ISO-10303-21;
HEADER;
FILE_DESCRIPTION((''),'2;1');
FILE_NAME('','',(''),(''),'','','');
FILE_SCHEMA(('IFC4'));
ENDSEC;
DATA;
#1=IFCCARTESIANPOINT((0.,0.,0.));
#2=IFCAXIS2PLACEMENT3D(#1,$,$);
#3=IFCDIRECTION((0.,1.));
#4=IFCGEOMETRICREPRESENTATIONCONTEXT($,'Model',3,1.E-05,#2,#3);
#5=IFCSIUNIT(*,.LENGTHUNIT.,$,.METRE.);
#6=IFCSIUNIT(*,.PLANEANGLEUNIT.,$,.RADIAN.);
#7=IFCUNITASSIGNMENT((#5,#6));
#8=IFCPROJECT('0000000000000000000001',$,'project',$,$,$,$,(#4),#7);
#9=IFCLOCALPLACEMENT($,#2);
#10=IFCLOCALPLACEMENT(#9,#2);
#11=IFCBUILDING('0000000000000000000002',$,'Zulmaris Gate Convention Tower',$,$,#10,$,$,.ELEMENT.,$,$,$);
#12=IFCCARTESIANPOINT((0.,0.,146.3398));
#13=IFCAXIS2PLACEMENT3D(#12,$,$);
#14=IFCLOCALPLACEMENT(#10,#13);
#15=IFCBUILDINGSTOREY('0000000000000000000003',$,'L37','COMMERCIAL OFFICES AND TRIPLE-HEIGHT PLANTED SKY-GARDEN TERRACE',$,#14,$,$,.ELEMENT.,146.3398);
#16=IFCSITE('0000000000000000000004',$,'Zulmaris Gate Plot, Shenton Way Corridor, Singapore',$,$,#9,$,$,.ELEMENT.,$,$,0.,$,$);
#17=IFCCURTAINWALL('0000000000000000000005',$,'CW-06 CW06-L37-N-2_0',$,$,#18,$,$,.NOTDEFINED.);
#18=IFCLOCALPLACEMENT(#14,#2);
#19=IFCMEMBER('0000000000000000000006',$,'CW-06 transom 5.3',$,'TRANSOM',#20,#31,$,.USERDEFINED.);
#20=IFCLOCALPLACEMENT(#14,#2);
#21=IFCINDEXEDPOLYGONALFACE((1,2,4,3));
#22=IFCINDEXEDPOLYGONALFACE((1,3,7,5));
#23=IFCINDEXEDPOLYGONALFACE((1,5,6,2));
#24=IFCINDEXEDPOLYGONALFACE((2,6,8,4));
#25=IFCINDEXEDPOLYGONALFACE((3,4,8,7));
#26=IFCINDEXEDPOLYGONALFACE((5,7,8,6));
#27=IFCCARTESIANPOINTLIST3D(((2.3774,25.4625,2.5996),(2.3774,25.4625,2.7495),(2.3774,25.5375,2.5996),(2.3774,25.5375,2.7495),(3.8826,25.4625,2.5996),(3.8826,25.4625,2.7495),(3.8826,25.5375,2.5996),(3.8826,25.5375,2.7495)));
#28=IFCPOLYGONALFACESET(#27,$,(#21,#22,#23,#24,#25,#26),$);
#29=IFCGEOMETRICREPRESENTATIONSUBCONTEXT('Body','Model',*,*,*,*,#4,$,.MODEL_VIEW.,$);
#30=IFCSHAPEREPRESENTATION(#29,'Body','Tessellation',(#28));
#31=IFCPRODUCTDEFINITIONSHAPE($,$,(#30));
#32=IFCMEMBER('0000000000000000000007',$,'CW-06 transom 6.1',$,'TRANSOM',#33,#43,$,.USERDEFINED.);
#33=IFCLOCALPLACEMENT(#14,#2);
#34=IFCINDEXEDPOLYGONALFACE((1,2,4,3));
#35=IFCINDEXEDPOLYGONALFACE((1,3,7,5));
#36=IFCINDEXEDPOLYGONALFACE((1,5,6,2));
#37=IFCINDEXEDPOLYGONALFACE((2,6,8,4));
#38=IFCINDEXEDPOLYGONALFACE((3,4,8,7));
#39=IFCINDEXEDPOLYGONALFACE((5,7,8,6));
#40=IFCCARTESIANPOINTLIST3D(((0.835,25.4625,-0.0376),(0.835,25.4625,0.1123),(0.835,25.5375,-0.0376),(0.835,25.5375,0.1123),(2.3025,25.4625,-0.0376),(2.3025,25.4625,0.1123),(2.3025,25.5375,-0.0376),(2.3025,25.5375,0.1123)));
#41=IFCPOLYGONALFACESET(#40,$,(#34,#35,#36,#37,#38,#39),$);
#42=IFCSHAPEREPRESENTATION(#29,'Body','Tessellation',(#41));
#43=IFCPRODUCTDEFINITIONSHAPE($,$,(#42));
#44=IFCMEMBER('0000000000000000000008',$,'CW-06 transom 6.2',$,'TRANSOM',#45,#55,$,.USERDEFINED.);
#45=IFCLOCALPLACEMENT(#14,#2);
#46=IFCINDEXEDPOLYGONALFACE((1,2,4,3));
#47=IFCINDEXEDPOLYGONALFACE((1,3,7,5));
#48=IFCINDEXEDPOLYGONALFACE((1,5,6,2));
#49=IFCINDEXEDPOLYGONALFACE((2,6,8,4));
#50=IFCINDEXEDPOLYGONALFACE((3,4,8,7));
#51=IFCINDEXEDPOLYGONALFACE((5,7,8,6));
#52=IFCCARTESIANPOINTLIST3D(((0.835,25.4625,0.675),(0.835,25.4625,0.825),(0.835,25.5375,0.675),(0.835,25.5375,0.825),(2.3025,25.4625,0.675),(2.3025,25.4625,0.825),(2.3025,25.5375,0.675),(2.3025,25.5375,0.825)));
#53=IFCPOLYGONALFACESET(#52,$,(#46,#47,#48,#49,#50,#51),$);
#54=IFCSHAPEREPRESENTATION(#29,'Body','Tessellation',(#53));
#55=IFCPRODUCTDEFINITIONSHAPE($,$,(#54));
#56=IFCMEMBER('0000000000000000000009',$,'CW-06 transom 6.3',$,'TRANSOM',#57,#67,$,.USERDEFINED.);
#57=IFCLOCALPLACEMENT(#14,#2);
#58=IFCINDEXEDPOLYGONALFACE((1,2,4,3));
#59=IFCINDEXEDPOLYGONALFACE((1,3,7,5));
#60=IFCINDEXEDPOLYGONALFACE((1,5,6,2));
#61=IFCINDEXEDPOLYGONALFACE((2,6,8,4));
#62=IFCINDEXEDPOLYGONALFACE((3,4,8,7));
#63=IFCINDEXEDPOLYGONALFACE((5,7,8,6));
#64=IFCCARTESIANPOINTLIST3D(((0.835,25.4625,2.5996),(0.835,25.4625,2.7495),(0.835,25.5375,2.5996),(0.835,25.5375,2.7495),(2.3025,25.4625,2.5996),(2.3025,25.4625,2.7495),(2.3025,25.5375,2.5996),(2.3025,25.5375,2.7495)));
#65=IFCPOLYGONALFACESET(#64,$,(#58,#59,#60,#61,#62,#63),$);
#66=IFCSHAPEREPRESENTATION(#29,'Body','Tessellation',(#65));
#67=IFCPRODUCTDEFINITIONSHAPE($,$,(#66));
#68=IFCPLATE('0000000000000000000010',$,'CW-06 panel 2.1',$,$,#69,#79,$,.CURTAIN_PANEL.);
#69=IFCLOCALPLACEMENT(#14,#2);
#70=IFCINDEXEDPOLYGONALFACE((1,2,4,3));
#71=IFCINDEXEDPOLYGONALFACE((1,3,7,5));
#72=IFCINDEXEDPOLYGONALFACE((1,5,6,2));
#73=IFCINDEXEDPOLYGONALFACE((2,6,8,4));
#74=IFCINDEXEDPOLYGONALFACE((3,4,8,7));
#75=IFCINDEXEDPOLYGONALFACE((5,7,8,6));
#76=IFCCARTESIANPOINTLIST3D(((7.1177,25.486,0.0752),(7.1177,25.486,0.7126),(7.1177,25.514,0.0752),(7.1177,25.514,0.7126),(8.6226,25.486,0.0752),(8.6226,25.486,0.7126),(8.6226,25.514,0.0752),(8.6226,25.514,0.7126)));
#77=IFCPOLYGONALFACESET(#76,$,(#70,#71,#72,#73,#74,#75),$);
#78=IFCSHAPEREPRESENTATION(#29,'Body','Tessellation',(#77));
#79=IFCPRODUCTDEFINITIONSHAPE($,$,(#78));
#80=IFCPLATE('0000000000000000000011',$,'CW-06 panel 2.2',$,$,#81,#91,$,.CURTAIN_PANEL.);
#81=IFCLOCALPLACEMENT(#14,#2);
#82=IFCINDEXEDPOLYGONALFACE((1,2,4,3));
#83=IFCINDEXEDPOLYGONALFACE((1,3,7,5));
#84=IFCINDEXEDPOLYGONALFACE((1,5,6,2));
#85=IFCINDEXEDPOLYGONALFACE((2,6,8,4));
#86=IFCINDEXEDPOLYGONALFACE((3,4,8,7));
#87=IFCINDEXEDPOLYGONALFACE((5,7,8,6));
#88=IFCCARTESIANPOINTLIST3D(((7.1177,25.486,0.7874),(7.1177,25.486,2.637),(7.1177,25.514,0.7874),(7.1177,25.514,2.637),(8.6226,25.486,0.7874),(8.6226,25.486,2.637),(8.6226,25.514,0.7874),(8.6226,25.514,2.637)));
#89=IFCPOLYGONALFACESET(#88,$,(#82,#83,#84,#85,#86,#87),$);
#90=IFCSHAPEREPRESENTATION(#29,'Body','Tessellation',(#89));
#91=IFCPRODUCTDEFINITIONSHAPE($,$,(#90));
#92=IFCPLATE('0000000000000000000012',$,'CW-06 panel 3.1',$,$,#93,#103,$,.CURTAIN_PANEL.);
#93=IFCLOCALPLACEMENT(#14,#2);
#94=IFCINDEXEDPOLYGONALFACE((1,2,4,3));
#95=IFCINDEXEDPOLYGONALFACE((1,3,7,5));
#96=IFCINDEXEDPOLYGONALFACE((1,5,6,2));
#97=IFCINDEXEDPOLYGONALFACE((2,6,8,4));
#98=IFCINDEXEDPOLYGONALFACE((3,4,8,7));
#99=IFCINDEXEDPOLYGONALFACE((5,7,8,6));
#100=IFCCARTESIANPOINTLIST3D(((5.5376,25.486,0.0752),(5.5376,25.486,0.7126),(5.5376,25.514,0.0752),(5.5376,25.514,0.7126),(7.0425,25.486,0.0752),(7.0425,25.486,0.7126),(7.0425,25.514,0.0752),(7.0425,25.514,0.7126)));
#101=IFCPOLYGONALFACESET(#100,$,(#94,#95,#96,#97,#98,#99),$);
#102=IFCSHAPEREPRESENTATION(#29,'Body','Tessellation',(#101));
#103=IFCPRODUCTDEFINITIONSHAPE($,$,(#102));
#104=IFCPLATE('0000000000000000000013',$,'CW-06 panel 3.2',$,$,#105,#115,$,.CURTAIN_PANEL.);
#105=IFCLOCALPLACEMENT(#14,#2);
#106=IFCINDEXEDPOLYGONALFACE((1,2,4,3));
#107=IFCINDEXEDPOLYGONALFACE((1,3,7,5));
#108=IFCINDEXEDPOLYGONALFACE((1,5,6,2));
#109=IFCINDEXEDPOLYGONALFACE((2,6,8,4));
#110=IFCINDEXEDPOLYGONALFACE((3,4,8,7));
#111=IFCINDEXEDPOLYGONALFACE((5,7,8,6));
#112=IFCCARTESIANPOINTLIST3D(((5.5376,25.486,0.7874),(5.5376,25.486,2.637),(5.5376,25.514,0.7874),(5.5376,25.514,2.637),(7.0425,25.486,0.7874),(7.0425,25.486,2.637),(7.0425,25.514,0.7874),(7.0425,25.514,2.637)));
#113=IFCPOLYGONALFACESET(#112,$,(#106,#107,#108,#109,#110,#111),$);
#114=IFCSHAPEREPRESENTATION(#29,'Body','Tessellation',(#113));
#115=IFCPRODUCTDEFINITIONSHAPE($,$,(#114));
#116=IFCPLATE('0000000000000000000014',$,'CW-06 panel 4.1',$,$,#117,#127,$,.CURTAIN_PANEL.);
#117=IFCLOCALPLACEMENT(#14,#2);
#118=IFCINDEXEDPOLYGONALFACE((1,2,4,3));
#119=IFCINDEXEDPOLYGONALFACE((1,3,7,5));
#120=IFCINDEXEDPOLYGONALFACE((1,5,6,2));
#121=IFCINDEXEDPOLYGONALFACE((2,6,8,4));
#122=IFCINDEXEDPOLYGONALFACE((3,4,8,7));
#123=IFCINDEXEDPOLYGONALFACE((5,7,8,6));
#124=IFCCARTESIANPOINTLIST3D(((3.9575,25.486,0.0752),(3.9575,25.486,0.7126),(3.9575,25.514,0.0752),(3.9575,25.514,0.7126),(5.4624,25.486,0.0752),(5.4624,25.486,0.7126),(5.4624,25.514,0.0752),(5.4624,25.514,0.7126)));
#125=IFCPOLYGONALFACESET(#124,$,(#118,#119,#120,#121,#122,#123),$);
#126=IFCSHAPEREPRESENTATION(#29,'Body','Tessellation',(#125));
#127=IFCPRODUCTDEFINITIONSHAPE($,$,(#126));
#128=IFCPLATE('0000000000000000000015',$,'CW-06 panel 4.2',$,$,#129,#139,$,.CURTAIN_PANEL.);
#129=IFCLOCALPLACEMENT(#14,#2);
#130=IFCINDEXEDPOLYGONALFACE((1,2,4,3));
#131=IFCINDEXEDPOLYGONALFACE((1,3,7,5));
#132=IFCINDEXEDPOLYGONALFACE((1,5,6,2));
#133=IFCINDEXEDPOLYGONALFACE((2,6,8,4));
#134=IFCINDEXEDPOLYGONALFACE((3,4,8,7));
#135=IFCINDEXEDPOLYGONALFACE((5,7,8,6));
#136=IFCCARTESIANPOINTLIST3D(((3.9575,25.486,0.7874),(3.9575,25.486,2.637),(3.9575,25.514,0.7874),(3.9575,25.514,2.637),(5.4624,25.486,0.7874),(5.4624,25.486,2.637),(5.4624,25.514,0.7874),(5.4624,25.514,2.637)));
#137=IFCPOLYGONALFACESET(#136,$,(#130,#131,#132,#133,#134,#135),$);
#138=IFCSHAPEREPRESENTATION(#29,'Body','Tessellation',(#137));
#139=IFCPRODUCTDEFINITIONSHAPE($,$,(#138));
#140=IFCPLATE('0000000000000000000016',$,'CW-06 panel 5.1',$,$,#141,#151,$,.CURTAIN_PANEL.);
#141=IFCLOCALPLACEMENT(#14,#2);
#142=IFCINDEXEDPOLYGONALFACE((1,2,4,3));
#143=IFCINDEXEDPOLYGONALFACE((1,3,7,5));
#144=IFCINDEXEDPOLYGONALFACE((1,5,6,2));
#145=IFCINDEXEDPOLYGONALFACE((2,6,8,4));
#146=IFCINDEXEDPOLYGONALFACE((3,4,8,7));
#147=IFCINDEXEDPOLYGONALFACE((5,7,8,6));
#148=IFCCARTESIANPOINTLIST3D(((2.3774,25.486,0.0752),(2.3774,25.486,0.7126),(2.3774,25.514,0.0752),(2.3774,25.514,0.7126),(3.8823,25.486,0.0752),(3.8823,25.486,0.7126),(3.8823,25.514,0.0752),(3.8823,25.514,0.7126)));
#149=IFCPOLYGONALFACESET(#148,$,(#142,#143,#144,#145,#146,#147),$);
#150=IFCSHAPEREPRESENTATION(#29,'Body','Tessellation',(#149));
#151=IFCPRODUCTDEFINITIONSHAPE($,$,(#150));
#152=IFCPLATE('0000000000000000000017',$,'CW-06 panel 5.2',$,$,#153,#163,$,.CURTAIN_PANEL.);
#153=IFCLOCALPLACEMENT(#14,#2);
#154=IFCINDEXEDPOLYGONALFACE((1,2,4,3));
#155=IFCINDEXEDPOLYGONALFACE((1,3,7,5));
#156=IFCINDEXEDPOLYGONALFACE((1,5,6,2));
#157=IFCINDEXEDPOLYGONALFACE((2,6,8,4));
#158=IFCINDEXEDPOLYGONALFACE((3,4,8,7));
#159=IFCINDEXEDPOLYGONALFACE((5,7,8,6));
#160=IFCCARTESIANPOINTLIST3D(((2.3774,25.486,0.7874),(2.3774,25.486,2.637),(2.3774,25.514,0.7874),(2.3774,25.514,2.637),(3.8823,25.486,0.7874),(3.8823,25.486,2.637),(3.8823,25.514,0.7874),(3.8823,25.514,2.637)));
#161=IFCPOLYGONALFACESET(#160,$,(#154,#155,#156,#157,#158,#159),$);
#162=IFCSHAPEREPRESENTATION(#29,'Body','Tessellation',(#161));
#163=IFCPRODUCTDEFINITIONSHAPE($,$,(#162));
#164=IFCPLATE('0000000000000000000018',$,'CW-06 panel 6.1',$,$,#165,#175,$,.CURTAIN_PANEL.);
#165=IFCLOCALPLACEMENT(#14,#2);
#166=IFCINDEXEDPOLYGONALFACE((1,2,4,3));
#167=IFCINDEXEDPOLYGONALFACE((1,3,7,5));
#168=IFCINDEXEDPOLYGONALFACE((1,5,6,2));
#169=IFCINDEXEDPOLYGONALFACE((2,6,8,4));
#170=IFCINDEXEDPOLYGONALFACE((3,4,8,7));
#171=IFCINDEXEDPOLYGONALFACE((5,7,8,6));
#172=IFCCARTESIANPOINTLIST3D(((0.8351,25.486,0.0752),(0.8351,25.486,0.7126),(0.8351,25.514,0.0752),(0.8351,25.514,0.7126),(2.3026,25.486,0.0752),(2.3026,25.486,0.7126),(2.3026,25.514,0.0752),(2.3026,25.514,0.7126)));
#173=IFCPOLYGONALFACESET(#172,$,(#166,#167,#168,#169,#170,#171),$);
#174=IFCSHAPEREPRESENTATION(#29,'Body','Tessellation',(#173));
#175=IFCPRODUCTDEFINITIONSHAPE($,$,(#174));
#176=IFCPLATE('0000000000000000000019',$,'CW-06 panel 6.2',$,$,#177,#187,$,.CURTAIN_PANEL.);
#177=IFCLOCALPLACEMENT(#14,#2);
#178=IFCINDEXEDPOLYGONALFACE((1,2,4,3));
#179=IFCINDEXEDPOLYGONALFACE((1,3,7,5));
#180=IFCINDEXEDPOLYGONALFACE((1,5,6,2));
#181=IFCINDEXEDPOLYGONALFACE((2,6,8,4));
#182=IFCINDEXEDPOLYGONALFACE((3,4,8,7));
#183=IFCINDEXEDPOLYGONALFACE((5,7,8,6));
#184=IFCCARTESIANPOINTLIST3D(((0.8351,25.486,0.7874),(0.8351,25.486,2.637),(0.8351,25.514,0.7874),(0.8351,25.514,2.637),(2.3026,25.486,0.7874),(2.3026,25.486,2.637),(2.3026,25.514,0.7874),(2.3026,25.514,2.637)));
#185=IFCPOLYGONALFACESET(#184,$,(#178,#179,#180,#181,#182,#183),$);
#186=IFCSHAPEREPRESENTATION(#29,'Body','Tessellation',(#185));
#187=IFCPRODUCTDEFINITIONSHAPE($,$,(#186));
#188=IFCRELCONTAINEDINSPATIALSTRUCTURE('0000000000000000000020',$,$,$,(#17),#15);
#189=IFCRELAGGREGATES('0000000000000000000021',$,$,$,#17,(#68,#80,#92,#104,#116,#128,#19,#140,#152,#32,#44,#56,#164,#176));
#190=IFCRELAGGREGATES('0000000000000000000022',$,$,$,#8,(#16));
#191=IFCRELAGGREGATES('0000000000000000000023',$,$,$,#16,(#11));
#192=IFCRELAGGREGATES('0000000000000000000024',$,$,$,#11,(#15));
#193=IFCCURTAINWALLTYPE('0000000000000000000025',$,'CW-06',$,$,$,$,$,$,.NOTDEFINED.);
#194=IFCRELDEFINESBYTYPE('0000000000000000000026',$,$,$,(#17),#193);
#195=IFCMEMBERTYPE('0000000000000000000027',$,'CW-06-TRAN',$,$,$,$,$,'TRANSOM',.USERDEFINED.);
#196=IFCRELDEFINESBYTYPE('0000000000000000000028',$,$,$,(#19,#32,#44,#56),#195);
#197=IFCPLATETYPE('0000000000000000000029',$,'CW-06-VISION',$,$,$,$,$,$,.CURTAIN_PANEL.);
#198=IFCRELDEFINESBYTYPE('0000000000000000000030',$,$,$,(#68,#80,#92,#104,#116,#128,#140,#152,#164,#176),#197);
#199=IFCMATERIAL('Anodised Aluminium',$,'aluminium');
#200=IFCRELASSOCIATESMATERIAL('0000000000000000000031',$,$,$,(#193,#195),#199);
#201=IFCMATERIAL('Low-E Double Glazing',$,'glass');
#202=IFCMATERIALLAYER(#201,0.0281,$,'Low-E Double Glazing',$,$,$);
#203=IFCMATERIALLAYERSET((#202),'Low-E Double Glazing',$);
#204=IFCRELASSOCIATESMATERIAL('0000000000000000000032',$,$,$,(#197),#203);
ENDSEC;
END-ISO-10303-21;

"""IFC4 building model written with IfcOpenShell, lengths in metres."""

from ifc_helpers import new_model, si_unit, direction, frame, origin, origin_2d, place, context, subcontext, project, spatial, rectangle, extrude, material, layer, layer_set, material_profile, profile_set, type_object, element, aggregate, save


model = new_model("IFC4")

# Units and contexts
model_context = context("Model", 3, precision=1e-05, world=origin(), true_north=direction((0.0, 1.0)))
body_context = subcontext(model_context, "Body", "Model", "MODEL_VIEW")
ifc_project = project(units=[si_unit("LENGTHUNIT", "METRE"), si_unit("PLANEANGLEUNIT", "RADIAN")], contexts=[model_context])

# Site, building, storey
site_placement = place(None, origin())
site = spatial("IfcSite", under=ifc_project, at=site_placement, Name="Zulmaris Gate Plot, Shenton Way Corridor, Singapore", CompositionType="ELEMENT", RefElevation=0.0)
building_placement = place(site_placement, origin())
building = spatial("IfcBuilding", under=site, at=building_placement, Name="Zulmaris Gate Convention Tower", CompositionType="ELEMENT")
storey_placement = place(building_placement, frame((0.0, 0.0, 146.3398)))
storey = spatial("IfcBuildingStorey", under=building, at=storey_placement, Name="L37", Description="COMMERCIAL OFFICES AND TRIPLE-HEIGHT PLANTED SKY-GARDEN TERRACE", CompositionType="ELEMENT", Elevation=146.3398)

# Curtain wall, members, plates
ifc_material_1 = material(Name="Anodised Aluminium", Category="aluminium")
curtain_wall_type = type_object("IfcCurtainWallType", Name="CW-06", PredefinedType="NOTDEFINED", material=ifc_material_1)
curtain_wall_placement = place(storey_placement, origin())
curtain_wall = element("IfcCurtainWall", 1, at=curtain_wall_placement, inside=storey, type_object=curtain_wall_type, Name="CW-06 CW06-L37-N-2_0", PredefinedType="NOTDEFINED")
ifc_material_profile_1 = material_profile(ifc_material_1, rectangle(XDim=0.075, YDim=0.1499, at=origin_2d()), Name="ALU TRANSOM 75x150")
ifc_profile_set_1 = profile_set([ifc_material_profile_1], Name="Anodised Aluminium")
member_type_1 = type_object("IfcMemberType", Name="CW-06-TRAN", ElementType="TRANSOM", PredefinedType="USERDEFINED", material=ifc_profile_set_1)
member_1_placement = place(storey_placement, frame((3.8826, 25.5, 2.6746), z_axis=(-1.0, 0.0, 0.0), x_axis=(0.0, -1.0, 0.0)))
member_1 = element("IfcMember", 2, at=member_1_placement, type_object=member_type_1, Name="CW-06 transom 5.3", ObjectType="TRANSOM", PredefinedType="USERDEFINED", context=body_context, shape_type="SweptSolid", body=[
    extrude(rectangle(XDim=0.075, YDim=0.1499, at=origin_2d()), origin(), (0.0, 0.0, 1.0), 1.5051),
])
member_2_placement = place(storey_placement, frame((2.3025, 25.5, 0.0374), z_axis=(-1.0, 0.0, 0.0), x_axis=(0.0, -1.0, 0.0)))
member_2 = element("IfcMember", 3, at=member_2_placement, type_object=member_type_1, Name="CW-06 transom 6.1", ObjectType="TRANSOM", PredefinedType="USERDEFINED", context=body_context, shape_type="SweptSolid", body=[
    extrude(rectangle(XDim=0.075, YDim=0.1499, at=origin_2d()), origin(), (0.0, 0.0, 1.0), 1.4675),
])
member_3_placement = place(storey_placement, frame((2.3025, 25.5, 0.75), z_axis=(-1.0, 0.0, 0.0), x_axis=(0.0, -1.0, 0.0)))
member_3 = element("IfcMember", 4, at=member_3_placement, type_object=member_type_1, Name="CW-06 transom 6.2", ObjectType="TRANSOM", PredefinedType="USERDEFINED", context=body_context, shape_type="SweptSolid", body=[
    extrude(rectangle(XDim=0.075, YDim=0.1499, at=origin_2d()), origin(), (0.0, 0.0, 1.0), 1.4675),
])
member_4_placement = place(storey_placement, frame((2.3025, 25.5, 2.6746), z_axis=(-1.0, 0.0, 0.0), x_axis=(0.0, -1.0, 0.0)))
member_4 = element("IfcMember", 5, at=member_4_placement, type_object=member_type_1, Name="CW-06 transom 6.3", ObjectType="TRANSOM", PredefinedType="USERDEFINED", context=body_context, shape_type="SweptSolid", body=[
    extrude(rectangle(XDim=0.075, YDim=0.1499, at=origin_2d()), origin(), (0.0, 0.0, 1.0), 1.4675),
])
ifc_material_2 = material(Name="Low-E Double Glazing", Category="glass")
ifc_layer = layer(ifc_material_2, 0.0281, Name="Low-E Double Glazing")
ifc_layer_set = layer_set([ifc_layer], Name="Low-E Double Glazing")
plate_type = type_object("IfcPlateType", Name="CW-06-VISION", PredefinedType="CURTAIN_PANEL", material=ifc_layer_set)
plate_1_placement = place(storey_placement, frame((7.8701, 25.5, 0.0752), z_axis=(0.0, 0.0, 1.0), x_axis=(-1.0, 0.0, 0.0)))
plate_1 = element("IfcPlate", 6, at=plate_1_placement, type_object=plate_type, Name="CW-06 panel 2.1", PredefinedType="CURTAIN_PANEL", context=body_context, shape_type="SweptSolid", body=[
    extrude(rectangle(XDim=1.5049, YDim=0.0281, at=origin_2d()), origin(), (0.0, 0.0, 1.0), 0.6375),
])
plate_2_placement = place(storey_placement, frame((7.8701, 25.5, 0.7874), z_axis=(0.0, 0.0, 1.0), x_axis=(-1.0, 0.0, 0.0)))
plate_2 = element("IfcPlate", 7, at=plate_2_placement, type_object=plate_type, Name="CW-06 panel 2.2", PredefinedType="CURTAIN_PANEL", context=body_context, shape_type="SweptSolid", body=[
    extrude(rectangle(XDim=1.5049, YDim=0.0281, at=origin_2d()), origin(), (0.0, 0.0, 1.0), 1.8496),
])
plate_3_placement = place(storey_placement, frame((6.29, 25.5, 0.0752), z_axis=(0.0, 0.0, 1.0), x_axis=(-1.0, 0.0, 0.0)))
plate_3 = element("IfcPlate", 8, at=plate_3_placement, type_object=plate_type, Name="CW-06 panel 3.1", PredefinedType="CURTAIN_PANEL", context=body_context, shape_type="SweptSolid", body=[
    extrude(rectangle(XDim=1.5049, YDim=0.0281, at=origin_2d()), origin(), (0.0, 0.0, 1.0), 0.6375),
])
plate_4_placement = place(storey_placement, frame((6.29, 25.5, 0.7874), z_axis=(0.0, 0.0, 1.0), x_axis=(-1.0, 0.0, 0.0)))
plate_4 = element("IfcPlate", 9, at=plate_4_placement, type_object=plate_type, Name="CW-06 panel 3.2", PredefinedType="CURTAIN_PANEL", context=body_context, shape_type="SweptSolid", body=[
    extrude(rectangle(XDim=1.5049, YDim=0.0281, at=origin_2d()), origin(), (0.0, 0.0, 1.0), 1.8496),
])
plate_5_placement = place(storey_placement, frame((4.71, 25.5, 0.0752), z_axis=(0.0, 0.0, 1.0), x_axis=(-1.0, 0.0, 0.0)))
plate_5 = element("IfcPlate", 10, at=plate_5_placement, type_object=plate_type, Name="CW-06 panel 4.1", PredefinedType="CURTAIN_PANEL", context=body_context, shape_type="SweptSolid", body=[
    extrude(rectangle(XDim=1.5049, YDim=0.0281, at=origin_2d()), origin(), (0.0, 0.0, 1.0), 0.6375),
])
plate_6_placement = place(storey_placement, frame((4.71, 25.5, 0.7874), z_axis=(0.0, 0.0, 1.0), x_axis=(-1.0, 0.0, 0.0)))
plate_6 = element("IfcPlate", 11, at=plate_6_placement, type_object=plate_type, Name="CW-06 panel 4.2", PredefinedType="CURTAIN_PANEL", context=body_context, shape_type="SweptSolid", body=[
    extrude(rectangle(XDim=1.5049, YDim=0.0281, at=origin_2d()), origin(), (0.0, 0.0, 1.0), 1.8496),
])
plate_7_placement = place(storey_placement, frame((3.1299, 25.5, 0.0752), z_axis=(0.0, 0.0, 1.0), x_axis=(-1.0, 0.0, 0.0)))
plate_7 = element("IfcPlate", 12, at=plate_7_placement, type_object=plate_type, Name="CW-06 panel 5.1", PredefinedType="CURTAIN_PANEL", context=body_context, shape_type="SweptSolid", body=[
    extrude(rectangle(XDim=1.5049, YDim=0.0281, at=origin_2d()), origin(), (0.0, 0.0, 1.0), 0.6375),
])
plate_8_placement = place(storey_placement, frame((3.1299, 25.5, 0.7874), z_axis=(0.0, 0.0, 1.0), x_axis=(-1.0, 0.0, 0.0)))
plate_8 = element("IfcPlate", 13, at=plate_8_placement, type_object=plate_type, Name="CW-06 panel 5.2", PredefinedType="CURTAIN_PANEL", context=body_context, shape_type="SweptSolid", body=[
    extrude(rectangle(XDim=1.5049, YDim=0.0281, at=origin_2d()), origin(), (0.0, 0.0, 1.0), 1.8496),
])
plate_9_placement = place(storey_placement, frame((1.5688, 25.5, 0.0752), z_axis=(0.0, 0.0, 1.0), x_axis=(-1.0, 0.0, 0.0)))
plate_9 = element("IfcPlate", 14, at=plate_9_placement, type_object=plate_type, Name="CW-06 panel 6.1", PredefinedType="CURTAIN_PANEL", context=body_context, shape_type="SweptSolid", body=[
    extrude(rectangle(XDim=1.4675, YDim=0.0281, at=origin_2d()), origin(), (0.0, 0.0, 1.0), 0.6375),
])
plate_10_placement = place(storey_placement, frame((1.5688, 25.5, 0.7874), z_axis=(0.0, 0.0, 1.0), x_axis=(-1.0, 0.0, 0.0)))
plate_10 = element("IfcPlate", 15, at=plate_10_placement, type_object=plate_type, Name="CW-06 panel 6.2", PredefinedType="CURTAIN_PANEL", context=body_context, shape_type="SweptSolid", body=[
    extrude(rectangle(XDim=1.4675, YDim=0.0281, at=origin_2d()), origin(), (0.0, 0.0, 1.0), 1.8496),
])
aggregate(curtain_wall, [plate_1, plate_2, plate_3, plate_4, plate_5, plate_6, member_1, plate_7, plate_8, member_2, member_3, member_4, plate_9, plate_10])

save(model, "model.ifc")
